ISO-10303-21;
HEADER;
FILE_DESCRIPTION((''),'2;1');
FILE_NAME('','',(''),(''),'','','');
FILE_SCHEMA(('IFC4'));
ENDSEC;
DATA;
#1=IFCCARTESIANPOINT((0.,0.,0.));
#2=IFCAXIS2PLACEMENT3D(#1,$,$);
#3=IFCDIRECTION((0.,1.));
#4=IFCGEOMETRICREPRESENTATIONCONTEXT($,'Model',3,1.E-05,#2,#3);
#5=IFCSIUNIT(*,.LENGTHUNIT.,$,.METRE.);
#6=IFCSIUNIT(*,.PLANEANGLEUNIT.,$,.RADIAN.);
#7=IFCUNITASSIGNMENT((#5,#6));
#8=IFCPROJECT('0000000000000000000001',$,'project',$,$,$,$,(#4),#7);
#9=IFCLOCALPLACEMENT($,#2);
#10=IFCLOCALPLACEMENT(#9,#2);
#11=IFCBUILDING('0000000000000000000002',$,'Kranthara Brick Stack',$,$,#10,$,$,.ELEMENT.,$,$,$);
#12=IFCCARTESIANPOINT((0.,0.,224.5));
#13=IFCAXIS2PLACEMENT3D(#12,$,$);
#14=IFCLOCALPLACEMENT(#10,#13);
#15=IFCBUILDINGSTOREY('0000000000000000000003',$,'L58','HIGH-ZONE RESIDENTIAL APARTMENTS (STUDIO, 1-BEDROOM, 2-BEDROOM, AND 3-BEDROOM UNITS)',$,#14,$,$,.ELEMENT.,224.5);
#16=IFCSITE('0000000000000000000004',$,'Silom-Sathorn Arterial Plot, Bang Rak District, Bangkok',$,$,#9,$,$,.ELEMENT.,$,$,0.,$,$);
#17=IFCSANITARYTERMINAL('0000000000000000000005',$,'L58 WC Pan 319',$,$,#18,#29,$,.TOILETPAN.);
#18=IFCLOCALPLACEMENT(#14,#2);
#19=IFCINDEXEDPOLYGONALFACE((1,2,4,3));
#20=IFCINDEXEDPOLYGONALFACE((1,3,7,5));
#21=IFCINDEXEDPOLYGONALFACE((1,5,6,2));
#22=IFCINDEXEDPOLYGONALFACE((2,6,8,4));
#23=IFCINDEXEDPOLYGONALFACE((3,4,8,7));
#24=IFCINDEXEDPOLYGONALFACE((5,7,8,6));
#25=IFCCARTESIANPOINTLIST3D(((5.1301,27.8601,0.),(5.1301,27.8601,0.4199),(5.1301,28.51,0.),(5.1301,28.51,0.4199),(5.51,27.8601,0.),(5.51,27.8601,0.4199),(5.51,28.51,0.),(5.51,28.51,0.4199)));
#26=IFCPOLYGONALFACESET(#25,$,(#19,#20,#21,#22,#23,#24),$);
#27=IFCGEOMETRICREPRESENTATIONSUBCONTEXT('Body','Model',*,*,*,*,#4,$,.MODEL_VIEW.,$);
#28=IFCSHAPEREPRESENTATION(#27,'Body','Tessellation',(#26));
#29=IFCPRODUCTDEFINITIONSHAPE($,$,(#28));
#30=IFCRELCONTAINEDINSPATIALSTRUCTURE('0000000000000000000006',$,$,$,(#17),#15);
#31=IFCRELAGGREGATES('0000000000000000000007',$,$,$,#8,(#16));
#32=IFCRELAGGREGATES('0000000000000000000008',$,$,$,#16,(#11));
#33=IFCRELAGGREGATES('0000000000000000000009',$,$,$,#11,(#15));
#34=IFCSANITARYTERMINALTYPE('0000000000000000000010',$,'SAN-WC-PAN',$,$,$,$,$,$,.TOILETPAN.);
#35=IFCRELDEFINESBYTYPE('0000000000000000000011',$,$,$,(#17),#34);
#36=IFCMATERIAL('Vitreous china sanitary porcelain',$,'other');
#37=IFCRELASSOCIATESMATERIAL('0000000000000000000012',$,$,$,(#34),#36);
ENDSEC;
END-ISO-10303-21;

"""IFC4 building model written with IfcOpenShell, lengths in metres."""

from ifc_helpers import new_model, si_unit, direction, frame, origin, origin_2d, place, context, subcontext, project, spatial, rectangle, extrude, material, type_object, element, save


model = new_model("IFC4")

# Units and contexts
model_context = context("Model", 3, precision=1e-05, world=origin(), true_north=direction((0.0, 1.0)))
body_context = subcontext(model_context, "Body", "Model", "MODEL_VIEW")
ifc_project = project(units=[si_unit("LENGTHUNIT", "METRE"), si_unit("PLANEANGLEUNIT", "RADIAN")], contexts=[model_context])

# Site, building, storey
site_placement = place(None, origin())
site = spatial("IfcSite", under=ifc_project, at=site_placement, Name="Silom-Sathorn Arterial Plot, Bang Rak District, Bangkok", CompositionType="ELEMENT", RefElevation=0.0)
building_placement = place(site_placement, origin())
building = spatial("IfcBuilding", under=site, at=building_placement, Name="Kranthara Brick Stack", CompositionType="ELEMENT")
storey_placement = place(building_placement, frame((0.0, 0.0, 224.5)))
storey = spatial("IfcBuildingStorey", under=building, at=storey_placement, Name="L58", Description="HIGH-ZONE RESIDENTIAL APARTMENTS (STUDIO, 1-BEDROOM, 2-BEDROOM, AND 3-BEDROOM UNITS)", CompositionType="ELEMENT", Elevation=224.5)

# Sanitary terminal
ifc_material_1 = material(Name="Vitreous china sanitary porcelain", Category="other")
sanitary_terminal_type_1 = type_object("IfcSanitaryTerminalType", Name="SAN-WC-PAN", PredefinedType="TOILETPAN", material=ifc_material_1)
for number, where, z_axis, x_axis, name in (
    (1, (5.3201, 28.1851, 0.0), (0.0, 0.0, 1.0), (1.0, 0.0, 0.0), "L58 WC Pan 319"),
):
    element("IfcSanitaryTerminal", number, at=place(storey_placement, frame(where, z_axis=z_axis, x_axis=x_axis)), inside=storey, type_object=sanitary_terminal_type_1, Name=name, PredefinedType="TOILETPAN", context=body_context, shape_type="SweptSolid", body=[
        extrude(rectangle(XDim=0.3799, YDim=0.6499, at=origin_2d()), origin(), (0.0, 0.0, 1.0), 0.4199),
    ])

save(model, "model.ifc")
